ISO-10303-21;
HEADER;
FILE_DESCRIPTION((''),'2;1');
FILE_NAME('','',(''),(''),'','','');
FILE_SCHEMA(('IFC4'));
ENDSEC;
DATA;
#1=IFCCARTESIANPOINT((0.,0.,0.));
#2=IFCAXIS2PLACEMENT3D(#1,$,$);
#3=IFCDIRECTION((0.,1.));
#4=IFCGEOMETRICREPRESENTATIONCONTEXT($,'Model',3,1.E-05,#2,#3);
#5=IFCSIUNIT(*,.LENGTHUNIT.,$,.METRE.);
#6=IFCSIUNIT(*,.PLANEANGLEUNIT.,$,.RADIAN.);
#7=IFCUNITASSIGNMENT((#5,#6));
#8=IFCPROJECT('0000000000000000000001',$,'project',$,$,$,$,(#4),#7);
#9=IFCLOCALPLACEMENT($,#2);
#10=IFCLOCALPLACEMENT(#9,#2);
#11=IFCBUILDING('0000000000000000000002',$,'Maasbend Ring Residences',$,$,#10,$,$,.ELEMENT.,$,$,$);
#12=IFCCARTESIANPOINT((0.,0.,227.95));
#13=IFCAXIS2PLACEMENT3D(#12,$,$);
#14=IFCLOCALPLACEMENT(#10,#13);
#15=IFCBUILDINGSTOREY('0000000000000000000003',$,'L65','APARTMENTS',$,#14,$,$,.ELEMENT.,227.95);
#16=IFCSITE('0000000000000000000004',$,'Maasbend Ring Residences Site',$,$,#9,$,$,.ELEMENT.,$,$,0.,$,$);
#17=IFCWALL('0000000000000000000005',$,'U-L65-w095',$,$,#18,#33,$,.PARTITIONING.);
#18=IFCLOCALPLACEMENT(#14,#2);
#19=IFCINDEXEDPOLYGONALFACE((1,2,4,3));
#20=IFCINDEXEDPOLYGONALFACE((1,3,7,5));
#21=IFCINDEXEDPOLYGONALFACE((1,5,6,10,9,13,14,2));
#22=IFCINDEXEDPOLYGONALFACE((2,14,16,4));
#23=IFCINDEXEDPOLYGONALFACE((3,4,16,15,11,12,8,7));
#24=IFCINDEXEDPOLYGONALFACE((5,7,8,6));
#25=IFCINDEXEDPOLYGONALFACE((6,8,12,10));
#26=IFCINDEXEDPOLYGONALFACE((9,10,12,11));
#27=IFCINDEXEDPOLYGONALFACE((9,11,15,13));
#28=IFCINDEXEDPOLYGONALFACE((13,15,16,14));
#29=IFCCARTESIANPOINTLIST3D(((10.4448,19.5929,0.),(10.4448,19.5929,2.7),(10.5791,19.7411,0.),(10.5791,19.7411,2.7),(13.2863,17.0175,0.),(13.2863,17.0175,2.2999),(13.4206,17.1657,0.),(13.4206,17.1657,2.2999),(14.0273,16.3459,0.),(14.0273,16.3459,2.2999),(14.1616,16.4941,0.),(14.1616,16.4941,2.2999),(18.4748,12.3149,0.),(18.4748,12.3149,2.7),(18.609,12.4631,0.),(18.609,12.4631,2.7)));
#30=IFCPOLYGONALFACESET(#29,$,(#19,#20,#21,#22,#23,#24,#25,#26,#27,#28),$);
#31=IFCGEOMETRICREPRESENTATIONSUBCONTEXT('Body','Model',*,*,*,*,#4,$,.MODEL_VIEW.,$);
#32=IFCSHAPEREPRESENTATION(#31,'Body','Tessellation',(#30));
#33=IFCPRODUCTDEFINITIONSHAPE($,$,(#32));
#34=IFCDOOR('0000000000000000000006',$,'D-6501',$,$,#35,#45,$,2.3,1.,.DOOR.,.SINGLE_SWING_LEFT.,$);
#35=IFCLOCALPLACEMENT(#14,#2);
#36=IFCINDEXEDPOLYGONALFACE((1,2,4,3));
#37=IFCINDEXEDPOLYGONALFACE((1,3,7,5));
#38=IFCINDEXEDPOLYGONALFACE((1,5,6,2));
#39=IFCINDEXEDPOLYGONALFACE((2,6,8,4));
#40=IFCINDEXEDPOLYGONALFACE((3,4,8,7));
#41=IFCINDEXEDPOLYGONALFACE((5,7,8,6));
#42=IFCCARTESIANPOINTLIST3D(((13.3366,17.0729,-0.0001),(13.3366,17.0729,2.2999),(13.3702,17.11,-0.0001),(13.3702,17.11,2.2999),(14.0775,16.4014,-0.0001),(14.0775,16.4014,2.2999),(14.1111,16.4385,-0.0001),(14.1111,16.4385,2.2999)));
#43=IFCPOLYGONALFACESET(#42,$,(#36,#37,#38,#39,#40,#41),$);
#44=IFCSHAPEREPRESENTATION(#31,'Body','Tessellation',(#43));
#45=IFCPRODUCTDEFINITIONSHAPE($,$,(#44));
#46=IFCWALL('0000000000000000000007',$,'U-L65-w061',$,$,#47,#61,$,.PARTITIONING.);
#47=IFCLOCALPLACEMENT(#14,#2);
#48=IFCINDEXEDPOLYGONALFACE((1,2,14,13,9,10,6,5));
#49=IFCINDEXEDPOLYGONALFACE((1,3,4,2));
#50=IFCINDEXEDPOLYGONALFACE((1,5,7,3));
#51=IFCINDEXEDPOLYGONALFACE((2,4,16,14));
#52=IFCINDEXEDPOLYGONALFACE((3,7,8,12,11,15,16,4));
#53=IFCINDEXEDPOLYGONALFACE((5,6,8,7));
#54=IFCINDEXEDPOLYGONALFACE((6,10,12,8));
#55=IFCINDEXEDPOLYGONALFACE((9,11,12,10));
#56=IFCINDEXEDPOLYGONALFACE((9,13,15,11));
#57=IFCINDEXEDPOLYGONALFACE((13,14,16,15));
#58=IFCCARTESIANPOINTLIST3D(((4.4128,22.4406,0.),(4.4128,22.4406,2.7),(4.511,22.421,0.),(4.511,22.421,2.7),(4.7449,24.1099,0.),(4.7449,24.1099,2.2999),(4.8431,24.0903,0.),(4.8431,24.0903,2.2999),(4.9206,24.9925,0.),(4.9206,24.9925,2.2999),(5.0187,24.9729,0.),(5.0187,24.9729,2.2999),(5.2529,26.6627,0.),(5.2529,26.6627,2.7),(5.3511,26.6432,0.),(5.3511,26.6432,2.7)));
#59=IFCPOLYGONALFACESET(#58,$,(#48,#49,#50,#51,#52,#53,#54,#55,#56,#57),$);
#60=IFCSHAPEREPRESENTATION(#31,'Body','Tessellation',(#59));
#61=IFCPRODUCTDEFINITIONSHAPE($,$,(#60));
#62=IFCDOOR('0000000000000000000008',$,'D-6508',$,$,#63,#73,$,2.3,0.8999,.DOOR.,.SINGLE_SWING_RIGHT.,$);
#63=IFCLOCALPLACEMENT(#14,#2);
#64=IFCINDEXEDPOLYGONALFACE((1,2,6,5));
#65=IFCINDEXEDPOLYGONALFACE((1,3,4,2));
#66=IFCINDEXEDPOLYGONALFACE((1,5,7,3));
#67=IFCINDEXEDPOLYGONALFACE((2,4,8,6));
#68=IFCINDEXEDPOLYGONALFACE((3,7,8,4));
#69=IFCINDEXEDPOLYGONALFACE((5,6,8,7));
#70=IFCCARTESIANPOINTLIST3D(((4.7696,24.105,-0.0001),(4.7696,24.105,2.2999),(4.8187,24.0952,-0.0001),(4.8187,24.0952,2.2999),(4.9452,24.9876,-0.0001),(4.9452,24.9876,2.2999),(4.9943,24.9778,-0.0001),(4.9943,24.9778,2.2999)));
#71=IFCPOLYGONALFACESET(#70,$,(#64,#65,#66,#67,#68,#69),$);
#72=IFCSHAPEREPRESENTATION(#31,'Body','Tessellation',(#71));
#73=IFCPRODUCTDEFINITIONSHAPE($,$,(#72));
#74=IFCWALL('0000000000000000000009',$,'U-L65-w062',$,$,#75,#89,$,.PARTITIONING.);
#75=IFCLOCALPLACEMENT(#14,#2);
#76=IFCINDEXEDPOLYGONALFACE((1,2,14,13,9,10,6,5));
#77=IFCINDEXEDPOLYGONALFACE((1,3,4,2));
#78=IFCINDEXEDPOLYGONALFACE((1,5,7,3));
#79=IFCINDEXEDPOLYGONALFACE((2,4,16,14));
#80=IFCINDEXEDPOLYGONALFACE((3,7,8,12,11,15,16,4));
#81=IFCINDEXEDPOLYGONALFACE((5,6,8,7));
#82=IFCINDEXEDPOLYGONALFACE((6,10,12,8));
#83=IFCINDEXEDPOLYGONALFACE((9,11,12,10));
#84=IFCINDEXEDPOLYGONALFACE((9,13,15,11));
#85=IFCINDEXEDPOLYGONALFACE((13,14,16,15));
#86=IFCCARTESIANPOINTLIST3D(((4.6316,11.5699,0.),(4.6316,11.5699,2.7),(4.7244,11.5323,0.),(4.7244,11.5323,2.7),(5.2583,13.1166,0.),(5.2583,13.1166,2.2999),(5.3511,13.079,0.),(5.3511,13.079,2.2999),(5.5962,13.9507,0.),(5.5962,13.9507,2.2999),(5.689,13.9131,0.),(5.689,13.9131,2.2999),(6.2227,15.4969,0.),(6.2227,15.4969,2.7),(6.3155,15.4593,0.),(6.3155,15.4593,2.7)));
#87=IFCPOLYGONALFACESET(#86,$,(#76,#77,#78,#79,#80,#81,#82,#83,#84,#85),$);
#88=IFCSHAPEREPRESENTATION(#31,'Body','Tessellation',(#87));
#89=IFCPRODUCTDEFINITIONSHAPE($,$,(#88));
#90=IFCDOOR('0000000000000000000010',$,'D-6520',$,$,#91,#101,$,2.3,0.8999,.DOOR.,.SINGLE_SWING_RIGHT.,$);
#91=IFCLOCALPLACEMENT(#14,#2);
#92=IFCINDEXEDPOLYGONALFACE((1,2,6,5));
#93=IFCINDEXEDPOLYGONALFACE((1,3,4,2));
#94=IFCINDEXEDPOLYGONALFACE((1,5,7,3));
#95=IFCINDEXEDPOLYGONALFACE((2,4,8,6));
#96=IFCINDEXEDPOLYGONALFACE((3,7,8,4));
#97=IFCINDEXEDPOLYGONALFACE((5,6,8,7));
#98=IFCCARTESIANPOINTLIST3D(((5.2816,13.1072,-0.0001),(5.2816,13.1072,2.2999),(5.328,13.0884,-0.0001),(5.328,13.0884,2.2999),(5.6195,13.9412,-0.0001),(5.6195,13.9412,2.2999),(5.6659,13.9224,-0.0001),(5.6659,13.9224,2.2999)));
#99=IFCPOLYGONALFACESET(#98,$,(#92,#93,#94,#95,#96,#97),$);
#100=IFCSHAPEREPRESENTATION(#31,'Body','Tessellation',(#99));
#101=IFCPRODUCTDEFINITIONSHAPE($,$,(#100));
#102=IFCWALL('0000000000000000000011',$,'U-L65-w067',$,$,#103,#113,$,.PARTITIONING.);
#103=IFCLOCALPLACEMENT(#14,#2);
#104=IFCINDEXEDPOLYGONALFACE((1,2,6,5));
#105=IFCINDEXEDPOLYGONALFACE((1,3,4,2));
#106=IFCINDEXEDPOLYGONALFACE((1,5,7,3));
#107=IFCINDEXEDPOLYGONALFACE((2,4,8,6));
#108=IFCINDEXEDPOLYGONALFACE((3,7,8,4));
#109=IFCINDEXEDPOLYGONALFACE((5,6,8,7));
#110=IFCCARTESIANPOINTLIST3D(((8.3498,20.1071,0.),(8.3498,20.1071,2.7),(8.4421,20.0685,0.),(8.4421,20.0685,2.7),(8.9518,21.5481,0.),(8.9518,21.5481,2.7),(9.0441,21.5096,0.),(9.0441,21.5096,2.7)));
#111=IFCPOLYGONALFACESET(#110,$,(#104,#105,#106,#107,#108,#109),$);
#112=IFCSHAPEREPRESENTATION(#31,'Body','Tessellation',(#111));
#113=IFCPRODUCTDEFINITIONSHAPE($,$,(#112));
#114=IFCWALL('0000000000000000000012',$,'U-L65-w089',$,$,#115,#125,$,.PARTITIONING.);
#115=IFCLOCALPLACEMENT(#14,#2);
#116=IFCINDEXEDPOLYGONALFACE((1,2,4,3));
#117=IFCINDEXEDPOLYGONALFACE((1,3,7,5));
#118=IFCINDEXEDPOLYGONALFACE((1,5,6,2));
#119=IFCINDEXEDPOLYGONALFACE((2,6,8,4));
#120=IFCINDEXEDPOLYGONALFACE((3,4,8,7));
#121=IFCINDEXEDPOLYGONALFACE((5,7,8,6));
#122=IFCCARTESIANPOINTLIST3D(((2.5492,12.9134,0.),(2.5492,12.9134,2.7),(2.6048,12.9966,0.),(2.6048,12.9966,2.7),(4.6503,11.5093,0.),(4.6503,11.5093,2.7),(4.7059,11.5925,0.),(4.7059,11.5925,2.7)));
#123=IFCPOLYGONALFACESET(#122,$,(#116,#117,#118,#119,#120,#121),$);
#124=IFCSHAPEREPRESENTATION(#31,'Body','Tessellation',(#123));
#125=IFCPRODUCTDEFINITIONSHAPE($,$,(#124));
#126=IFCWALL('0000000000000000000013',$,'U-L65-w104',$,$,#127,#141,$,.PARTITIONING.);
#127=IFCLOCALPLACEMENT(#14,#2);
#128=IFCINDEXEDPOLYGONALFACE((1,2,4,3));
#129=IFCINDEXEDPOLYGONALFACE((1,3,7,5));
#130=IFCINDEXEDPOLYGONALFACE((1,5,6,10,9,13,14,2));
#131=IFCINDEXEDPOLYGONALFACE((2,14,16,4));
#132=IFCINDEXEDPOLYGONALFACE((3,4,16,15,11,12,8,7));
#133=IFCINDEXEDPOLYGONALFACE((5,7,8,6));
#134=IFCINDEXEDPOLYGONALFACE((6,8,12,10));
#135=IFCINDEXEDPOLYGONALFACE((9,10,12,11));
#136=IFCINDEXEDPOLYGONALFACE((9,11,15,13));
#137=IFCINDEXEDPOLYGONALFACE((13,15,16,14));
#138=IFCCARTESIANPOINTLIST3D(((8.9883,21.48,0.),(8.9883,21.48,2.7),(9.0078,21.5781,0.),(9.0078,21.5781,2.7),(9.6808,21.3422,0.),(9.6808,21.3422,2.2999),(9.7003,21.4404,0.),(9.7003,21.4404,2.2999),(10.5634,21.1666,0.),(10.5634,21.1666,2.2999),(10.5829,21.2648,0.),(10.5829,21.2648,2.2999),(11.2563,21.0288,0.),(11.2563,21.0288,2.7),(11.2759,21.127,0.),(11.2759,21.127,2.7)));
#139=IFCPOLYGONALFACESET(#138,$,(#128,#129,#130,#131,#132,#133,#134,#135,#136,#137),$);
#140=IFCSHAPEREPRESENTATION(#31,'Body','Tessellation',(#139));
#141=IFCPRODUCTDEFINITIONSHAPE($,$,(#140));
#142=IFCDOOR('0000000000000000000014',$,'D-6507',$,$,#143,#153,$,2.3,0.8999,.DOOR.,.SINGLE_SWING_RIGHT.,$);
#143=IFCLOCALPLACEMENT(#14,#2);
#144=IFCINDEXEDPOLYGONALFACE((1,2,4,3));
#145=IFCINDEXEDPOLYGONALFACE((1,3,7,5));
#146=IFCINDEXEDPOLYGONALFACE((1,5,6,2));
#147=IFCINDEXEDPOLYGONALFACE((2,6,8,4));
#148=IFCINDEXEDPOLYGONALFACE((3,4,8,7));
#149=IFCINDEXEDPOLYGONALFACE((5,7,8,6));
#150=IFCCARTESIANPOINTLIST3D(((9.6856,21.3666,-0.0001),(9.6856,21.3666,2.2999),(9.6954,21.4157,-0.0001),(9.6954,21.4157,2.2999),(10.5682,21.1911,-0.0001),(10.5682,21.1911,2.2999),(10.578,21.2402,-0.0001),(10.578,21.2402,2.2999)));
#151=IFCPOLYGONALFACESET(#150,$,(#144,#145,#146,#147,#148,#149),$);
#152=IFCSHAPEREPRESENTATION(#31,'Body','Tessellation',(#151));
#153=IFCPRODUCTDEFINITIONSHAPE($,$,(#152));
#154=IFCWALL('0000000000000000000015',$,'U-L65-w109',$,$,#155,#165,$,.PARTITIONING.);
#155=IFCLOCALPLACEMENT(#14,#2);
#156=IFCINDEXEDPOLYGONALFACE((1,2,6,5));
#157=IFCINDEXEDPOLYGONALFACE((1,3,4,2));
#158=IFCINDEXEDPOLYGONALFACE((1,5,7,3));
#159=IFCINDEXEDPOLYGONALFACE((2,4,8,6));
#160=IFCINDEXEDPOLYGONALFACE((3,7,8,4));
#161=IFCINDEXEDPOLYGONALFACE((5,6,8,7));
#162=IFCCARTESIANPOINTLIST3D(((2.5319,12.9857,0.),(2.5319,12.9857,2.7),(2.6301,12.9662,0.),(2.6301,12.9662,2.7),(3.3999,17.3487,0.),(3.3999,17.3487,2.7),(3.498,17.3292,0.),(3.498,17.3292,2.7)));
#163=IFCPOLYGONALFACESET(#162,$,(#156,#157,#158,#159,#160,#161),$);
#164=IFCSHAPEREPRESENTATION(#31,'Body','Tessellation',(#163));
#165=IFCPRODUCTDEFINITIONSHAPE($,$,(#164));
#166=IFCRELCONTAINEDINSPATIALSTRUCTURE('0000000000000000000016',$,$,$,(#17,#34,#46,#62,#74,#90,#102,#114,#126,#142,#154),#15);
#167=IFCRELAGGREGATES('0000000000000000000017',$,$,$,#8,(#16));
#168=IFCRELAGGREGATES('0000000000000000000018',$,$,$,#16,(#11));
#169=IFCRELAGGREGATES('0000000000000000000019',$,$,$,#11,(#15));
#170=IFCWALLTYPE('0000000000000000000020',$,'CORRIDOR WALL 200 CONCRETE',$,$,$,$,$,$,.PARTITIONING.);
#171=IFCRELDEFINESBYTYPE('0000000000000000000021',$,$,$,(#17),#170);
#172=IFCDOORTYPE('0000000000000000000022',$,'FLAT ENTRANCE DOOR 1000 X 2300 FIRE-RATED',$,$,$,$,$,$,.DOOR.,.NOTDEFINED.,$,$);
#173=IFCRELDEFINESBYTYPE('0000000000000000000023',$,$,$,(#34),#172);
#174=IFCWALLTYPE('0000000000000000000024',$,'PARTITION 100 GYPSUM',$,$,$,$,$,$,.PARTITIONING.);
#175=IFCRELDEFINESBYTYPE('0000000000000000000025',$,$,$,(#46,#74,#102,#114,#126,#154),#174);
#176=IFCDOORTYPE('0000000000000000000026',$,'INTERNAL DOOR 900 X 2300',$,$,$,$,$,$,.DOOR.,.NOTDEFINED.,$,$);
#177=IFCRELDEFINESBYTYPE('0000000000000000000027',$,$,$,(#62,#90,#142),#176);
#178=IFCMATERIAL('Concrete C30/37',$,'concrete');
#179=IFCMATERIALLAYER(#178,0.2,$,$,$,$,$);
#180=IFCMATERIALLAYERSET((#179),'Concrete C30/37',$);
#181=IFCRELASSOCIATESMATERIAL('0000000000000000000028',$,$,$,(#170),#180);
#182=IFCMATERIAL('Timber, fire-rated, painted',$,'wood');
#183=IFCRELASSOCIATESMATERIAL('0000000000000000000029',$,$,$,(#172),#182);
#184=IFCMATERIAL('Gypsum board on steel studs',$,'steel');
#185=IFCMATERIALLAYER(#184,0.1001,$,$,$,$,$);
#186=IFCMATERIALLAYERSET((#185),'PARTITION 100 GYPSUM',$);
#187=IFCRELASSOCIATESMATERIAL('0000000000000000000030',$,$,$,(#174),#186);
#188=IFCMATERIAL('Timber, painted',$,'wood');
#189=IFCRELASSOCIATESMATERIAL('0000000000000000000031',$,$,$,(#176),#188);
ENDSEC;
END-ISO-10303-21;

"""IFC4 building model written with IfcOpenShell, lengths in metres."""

from ifc_helpers import new_model, si_unit, direction, frame, frame_2d, origin, place, context, subcontext, project, spatial, rectangle, extrude, material, layer, layer_set, type_object, element, fill, save


model = new_model("IFC4")

# Units and contexts
model_context = context("Model", 3, precision=1e-05, world=origin(), true_north=direction((0.0, 1.0)))
body_context = subcontext(model_context, "Body", "Model", "MODEL_VIEW")
ifc_project = project(units=[si_unit("LENGTHUNIT", "METRE"), si_unit("PLANEANGLEUNIT", "RADIAN")], contexts=[model_context])

# Site, building, storey
site_placement = place(None, origin())
site = spatial("IfcSite", under=ifc_project, at=site_placement, Name="Maasbend Ring Residences Site", CompositionType="ELEMENT", RefElevation=0.0)
building_placement = place(site_placement, origin())
building = spatial("IfcBuilding", under=site, at=building_placement, Name="Maasbend Ring Residences", CompositionType="ELEMENT")
storey_placement = place(building_placement, frame((0.0, 0.0, 227.95)))
storey = spatial("IfcBuildingStorey", under=building, at=storey_placement, Name="L65", Description="APARTMENTS", CompositionType="ELEMENT", Elevation=227.95)

# Walls, openings, doors
ifc_material_1 = material(Name="Concrete C30/37", Category="concrete")
ifc_layer_1 = layer(ifc_material_1, 0.2)
ifc_layer_set_1 = layer_set([ifc_layer_1], Name="Concrete C30/37")
wall_type_1 = type_object("IfcWallType", Name="CORRIDOR WALL 200 CONCRETE", PredefinedType="PARTITIONING", material=ifc_layer_set_1)
ifc_material_2 = material(Name="Timber, fire-rated, painted", Category="wood")
door_type_1 = type_object("IfcDoorType", Name="FLAT ENTRANCE DOOR 1000 X 2300 FIRE-RATED", OperationType="NOTDEFINED", PredefinedType="DOOR", material=ifc_material_2)
wall_1_placement = place(storey_placement, frame((10.512, 19.667, 0.0), z_axis=(0.0, 0.0, 1.0), x_axis=(0.740947, -0.671563, 0.0)))
wall_1 = element("IfcWall", 1, at=wall_1_placement, inside=storey, type_object=wall_type_1, Name="U-L65-w095", PredefinedType="PARTITIONING", context=body_context, shape_type="SweptSolid", body=[
    extrude(rectangle(XDim=10.8374, YDim=0.2, at=frame_2d((5.4187, 0.0))), origin(), (0.0, 0.0, 1.0), 2.7),
])
opening_1_placement = place(wall_1_placement, frame((3.835, 0.0, 0.0)))
opening_1 = element("IfcOpeningElement", 2, at=opening_1_placement, cuts=wall_1, PredefinedType="OPENING", context=body_context, shape_type="SweptSolid", body=[
    extrude(rectangle(XDim=1.0, YDim=2.3, at=frame_2d((0.5, 1.1499))), frame((0.0, 0.1099, 0.0), z_axis=(0.0, -1.0, 0.0), x_axis=(1.0, 0.0, 0.0)), (0.0, 0.0, 1.0), 0.22),
])
door_1_placement = place(opening_1_placement, origin())
door_1 = element("IfcDoor", 3, at=door_1_placement, inside=storey, type_object=door_type_1, Name="D-6501", OperationType="SINGLE_SWING_LEFT", OverallHeight=2.3, OverallWidth=1.0, PredefinedType="DOOR", context=body_context, shape_type="SweptSolid", body=[
    extrude(rectangle(XDim=1.0, YDim=2.3, at=frame_2d((0.5, 1.1499))), frame((0.0, 0.0249, 0.0), z_axis=(0.0, -1.0, 0.0), x_axis=(1.0, 0.0, 0.0)), (0.0, 0.0, 1.0), 0.05),
])
fill(opening_1, door_1)
ifc_material_3 = material(Name="Gypsum board on steel studs", Category="steel")
ifc_layer_2 = layer(ifc_material_3, 0.1001)
ifc_layer_set_2 = layer_set([ifc_layer_2], Name="PARTITION 100 GYPSUM")
wall_type_2 = type_object("IfcWallType", Name="PARTITION 100 GYPSUM", PredefinedType="PARTITIONING", material=ifc_layer_set_2)
wall_2_placement = place(storey_placement, frame((4.4619, 22.4309, 0.0), z_axis=(0.0, 0.0, 1.0), x_axis=(0.195145, 0.980774, 0.0)))
wall_2 = element("IfcWall", 4, at=wall_2_placement, inside=storey, type_object=wall_type_2, Name="U-L65-w061", PredefinedType="PARTITIONING", context=body_context, shape_type="SweptSolid", body=[
    extrude(rectangle(XDim=4.3049, YDim=0.1001, at=frame_2d((2.1523, 0.0))), origin(), (0.0, 0.0, 1.0), 2.7),
])
opening_2_placement = place(wall_2_placement, frame((1.7019, 0.0, 0.0)))
opening_2 = element("IfcOpeningElement", 5, at=opening_2_placement, cuts=wall_2, PredefinedType="OPENING", context=body_context, shape_type="SweptSolid", body=[
    extrude(rectangle(XDim=0.8999, YDim=2.3, at=frame_2d((0.45, 1.1499))), frame((0.0, 0.0601, 0.0), z_axis=(0.0, -1.0, 0.0), x_axis=(1.0, 0.0, 0.0)), (0.0, 0.0, 1.0), 0.1201),
])
ifc_material_4 = material(Name="Timber, painted", Category="wood")
door_type_2 = type_object("IfcDoorType", Name="INTERNAL DOOR 900 X 2300", OperationType="NOTDEFINED", PredefinedType="DOOR", material=ifc_material_4)
door_2_placement = place(opening_2_placement, origin())
door_2 = element("IfcDoor", 6, at=door_2_placement, inside=storey, type_object=door_type_2, Name="D-6508", OperationType="SINGLE_SWING_RIGHT", OverallHeight=2.3, OverallWidth=0.8999, PredefinedType="DOOR", context=body_context, shape_type="SweptSolid", body=[
    extrude(rectangle(XDim=0.8999, YDim=2.3, at=frame_2d((0.45, 1.1499))), frame((0.0, 0.0249, 0.0), z_axis=(0.0, -1.0, 0.0), x_axis=(1.0, 0.0, 0.0)), (0.0, 0.0, 1.0), 0.05),
])
fill(opening_2, door_2)
wall_3_placement = place(storey_placement, frame((4.678, 11.551, 0.0), z_axis=(0.0, 0.0, 1.0), x_axis=(0.37551, 0.926818, 0.0)))
wall_3 = element("IfcWall", 7, at=wall_3_placement, inside=storey, type_object=wall_type_2, Name="U-L65-w062", PredefinedType="PARTITIONING", context=body_context, shape_type="SweptSolid", body=[
    extrude(rectangle(XDim=4.2371, YDim=0.1001, at=frame_2d((2.1187, 0.0))), origin(), (0.0, 0.0, 1.0), 2.7),
])
opening_3_placement = place(wall_3_placement, frame((1.6689, 0.0, 0.0)))
opening_3 = element("IfcOpeningElement", 8, at=opening_3_placement, cuts=wall_3, PredefinedType="OPENING", context=body_context, shape_type="SweptSolid", body=[
    extrude(rectangle(XDim=0.8999, YDim=2.3, at=frame_2d((0.45, 1.1499))), frame((0.0, 0.0601, 0.0), z_axis=(0.0, -1.0, 0.0), x_axis=(1.0, 0.0, 0.0)), (0.0, 0.0, 1.0), 0.1201),
])
door_3_placement = place(opening_3_placement, origin())
door_3 = element("IfcDoor", 9, at=door_3_placement, inside=storey, type_object=door_type_2, Name="D-6520", OperationType="SINGLE_SWING_RIGHT", OverallHeight=2.3, OverallWidth=0.8999, PredefinedType="DOOR", context=body_context, shape_type="SweptSolid", body=[
    extrude(rectangle(XDim=0.8999, YDim=2.3, at=frame_2d((0.45, 1.1499))), frame((0.0, 0.0249, 0.0), z_axis=(0.0, -1.0, 0.0), x_axis=(1.0, 0.0, 0.0)), (0.0, 0.0, 1.0), 0.05),
])
fill(opening_3, door_3)

# Walls
wall_4_placement = place(storey_placement, frame((8.396, 20.0879, 0.0), z_axis=(0.0, 0.0, 1.0), x_axis=(0.38547, 0.92272, 0.0)))
element("IfcWall", 10, at=wall_4_placement, inside=storey, type_object=wall_type_2, Name="U-L65-w067", PredefinedType="PARTITIONING", context=body_context, shape_type="SweptSolid", body=[
    extrude(rectangle(XDim=1.5618, YDim=0.1001, at=frame_2d((0.7808, 0.0))), origin(), (0.0, 0.0, 1.0), 2.7),
])
wall_5_placement = place(storey_placement, frame((2.5769, 12.9551, 0.0), z_axis=(0.0, 0.0, 1.0), x_axis=(0.83144, -0.555614, 0.0)))
element("IfcWall", 11, at=wall_5_placement, inside=storey, type_object=wall_type_2, Name="U-L65-w089", PredefinedType="PARTITIONING", context=body_context, shape_type="SweptSolid", body=[
    extrude(rectangle(XDim=2.5271, YDim=0.1001, at=frame_2d((1.2637, 0.0))), origin(), (0.0, 0.0, 1.0), 2.7),
])

# Wall, opening, door
wall_6_placement = place(storey_placement, frame((8.998, 21.5291, 0.0), z_axis=(0.0, 0.0, 1.0), x_axis=(0.980783, -0.195101, 0.0)))
wall_6 = element("IfcWall", 12, at=wall_6_placement, inside=storey, type_object=wall_type_2, Name="U-L65-w104", PredefinedType="PARTITIONING", context=body_context, shape_type="SweptSolid", body=[
    extrude(rectangle(XDim=2.3125, YDim=0.1001, at=frame_2d((1.1562, 0.0))), origin(), (0.0, 0.0, 1.0), 2.7),
])
opening_4_placement = place(wall_6_placement, frame((0.7061, 0.0, 0.0)))
opening_4 = element("IfcOpeningElement", 13, at=opening_4_placement, cuts=wall_6, PredefinedType="OPENING", context=body_context, shape_type="SweptSolid", body=[
    extrude(rectangle(XDim=0.8999, YDim=2.3, at=frame_2d((0.45, 1.1499))), frame((0.0, 0.0601, 0.0), z_axis=(0.0, -1.0, 0.0), x_axis=(1.0, 0.0, 0.0)), (0.0, 0.0, 1.0), 0.1201),
])
door_4_placement = place(opening_4_placement, origin())
door_4 = element("IfcDoor", 14, at=door_4_placement, inside=storey, type_object=door_type_2, Name="D-6507", OperationType="SINGLE_SWING_RIGHT", OverallHeight=2.3, OverallWidth=0.8999, PredefinedType="DOOR", context=body_context, shape_type="SweptSolid", body=[
    extrude(rectangle(XDim=0.8999, YDim=2.3, at=frame_2d((0.45, 1.1499))), frame((0.0, 0.0249, 0.0), z_axis=(0.0, -1.0, 0.0), x_axis=(1.0, 0.0, 0.0)), (0.0, 0.0, 1.0), 0.05),
])
fill(opening_4, door_4)

# Wall
wall_7_placement = place(storey_placement, frame((2.5811, 12.9761, 0.0), z_axis=(0.0, 0.0, 1.0), x_axis=(0.195103, 0.980783, 0.0)))
element("IfcWall", 15, at=wall_7_placement, inside=storey, type_object=wall_type_2, Name="U-L65-w109", PredefinedType="PARTITIONING", context=body_context, shape_type="SweptSolid", body=[
    extrude(rectangle(XDim=4.4485, YDim=0.1001, at=frame_2d((2.2241, 0.0))), origin(), (0.0, 0.0, 1.0), 2.7),
])

save(model, "model.ifc")
